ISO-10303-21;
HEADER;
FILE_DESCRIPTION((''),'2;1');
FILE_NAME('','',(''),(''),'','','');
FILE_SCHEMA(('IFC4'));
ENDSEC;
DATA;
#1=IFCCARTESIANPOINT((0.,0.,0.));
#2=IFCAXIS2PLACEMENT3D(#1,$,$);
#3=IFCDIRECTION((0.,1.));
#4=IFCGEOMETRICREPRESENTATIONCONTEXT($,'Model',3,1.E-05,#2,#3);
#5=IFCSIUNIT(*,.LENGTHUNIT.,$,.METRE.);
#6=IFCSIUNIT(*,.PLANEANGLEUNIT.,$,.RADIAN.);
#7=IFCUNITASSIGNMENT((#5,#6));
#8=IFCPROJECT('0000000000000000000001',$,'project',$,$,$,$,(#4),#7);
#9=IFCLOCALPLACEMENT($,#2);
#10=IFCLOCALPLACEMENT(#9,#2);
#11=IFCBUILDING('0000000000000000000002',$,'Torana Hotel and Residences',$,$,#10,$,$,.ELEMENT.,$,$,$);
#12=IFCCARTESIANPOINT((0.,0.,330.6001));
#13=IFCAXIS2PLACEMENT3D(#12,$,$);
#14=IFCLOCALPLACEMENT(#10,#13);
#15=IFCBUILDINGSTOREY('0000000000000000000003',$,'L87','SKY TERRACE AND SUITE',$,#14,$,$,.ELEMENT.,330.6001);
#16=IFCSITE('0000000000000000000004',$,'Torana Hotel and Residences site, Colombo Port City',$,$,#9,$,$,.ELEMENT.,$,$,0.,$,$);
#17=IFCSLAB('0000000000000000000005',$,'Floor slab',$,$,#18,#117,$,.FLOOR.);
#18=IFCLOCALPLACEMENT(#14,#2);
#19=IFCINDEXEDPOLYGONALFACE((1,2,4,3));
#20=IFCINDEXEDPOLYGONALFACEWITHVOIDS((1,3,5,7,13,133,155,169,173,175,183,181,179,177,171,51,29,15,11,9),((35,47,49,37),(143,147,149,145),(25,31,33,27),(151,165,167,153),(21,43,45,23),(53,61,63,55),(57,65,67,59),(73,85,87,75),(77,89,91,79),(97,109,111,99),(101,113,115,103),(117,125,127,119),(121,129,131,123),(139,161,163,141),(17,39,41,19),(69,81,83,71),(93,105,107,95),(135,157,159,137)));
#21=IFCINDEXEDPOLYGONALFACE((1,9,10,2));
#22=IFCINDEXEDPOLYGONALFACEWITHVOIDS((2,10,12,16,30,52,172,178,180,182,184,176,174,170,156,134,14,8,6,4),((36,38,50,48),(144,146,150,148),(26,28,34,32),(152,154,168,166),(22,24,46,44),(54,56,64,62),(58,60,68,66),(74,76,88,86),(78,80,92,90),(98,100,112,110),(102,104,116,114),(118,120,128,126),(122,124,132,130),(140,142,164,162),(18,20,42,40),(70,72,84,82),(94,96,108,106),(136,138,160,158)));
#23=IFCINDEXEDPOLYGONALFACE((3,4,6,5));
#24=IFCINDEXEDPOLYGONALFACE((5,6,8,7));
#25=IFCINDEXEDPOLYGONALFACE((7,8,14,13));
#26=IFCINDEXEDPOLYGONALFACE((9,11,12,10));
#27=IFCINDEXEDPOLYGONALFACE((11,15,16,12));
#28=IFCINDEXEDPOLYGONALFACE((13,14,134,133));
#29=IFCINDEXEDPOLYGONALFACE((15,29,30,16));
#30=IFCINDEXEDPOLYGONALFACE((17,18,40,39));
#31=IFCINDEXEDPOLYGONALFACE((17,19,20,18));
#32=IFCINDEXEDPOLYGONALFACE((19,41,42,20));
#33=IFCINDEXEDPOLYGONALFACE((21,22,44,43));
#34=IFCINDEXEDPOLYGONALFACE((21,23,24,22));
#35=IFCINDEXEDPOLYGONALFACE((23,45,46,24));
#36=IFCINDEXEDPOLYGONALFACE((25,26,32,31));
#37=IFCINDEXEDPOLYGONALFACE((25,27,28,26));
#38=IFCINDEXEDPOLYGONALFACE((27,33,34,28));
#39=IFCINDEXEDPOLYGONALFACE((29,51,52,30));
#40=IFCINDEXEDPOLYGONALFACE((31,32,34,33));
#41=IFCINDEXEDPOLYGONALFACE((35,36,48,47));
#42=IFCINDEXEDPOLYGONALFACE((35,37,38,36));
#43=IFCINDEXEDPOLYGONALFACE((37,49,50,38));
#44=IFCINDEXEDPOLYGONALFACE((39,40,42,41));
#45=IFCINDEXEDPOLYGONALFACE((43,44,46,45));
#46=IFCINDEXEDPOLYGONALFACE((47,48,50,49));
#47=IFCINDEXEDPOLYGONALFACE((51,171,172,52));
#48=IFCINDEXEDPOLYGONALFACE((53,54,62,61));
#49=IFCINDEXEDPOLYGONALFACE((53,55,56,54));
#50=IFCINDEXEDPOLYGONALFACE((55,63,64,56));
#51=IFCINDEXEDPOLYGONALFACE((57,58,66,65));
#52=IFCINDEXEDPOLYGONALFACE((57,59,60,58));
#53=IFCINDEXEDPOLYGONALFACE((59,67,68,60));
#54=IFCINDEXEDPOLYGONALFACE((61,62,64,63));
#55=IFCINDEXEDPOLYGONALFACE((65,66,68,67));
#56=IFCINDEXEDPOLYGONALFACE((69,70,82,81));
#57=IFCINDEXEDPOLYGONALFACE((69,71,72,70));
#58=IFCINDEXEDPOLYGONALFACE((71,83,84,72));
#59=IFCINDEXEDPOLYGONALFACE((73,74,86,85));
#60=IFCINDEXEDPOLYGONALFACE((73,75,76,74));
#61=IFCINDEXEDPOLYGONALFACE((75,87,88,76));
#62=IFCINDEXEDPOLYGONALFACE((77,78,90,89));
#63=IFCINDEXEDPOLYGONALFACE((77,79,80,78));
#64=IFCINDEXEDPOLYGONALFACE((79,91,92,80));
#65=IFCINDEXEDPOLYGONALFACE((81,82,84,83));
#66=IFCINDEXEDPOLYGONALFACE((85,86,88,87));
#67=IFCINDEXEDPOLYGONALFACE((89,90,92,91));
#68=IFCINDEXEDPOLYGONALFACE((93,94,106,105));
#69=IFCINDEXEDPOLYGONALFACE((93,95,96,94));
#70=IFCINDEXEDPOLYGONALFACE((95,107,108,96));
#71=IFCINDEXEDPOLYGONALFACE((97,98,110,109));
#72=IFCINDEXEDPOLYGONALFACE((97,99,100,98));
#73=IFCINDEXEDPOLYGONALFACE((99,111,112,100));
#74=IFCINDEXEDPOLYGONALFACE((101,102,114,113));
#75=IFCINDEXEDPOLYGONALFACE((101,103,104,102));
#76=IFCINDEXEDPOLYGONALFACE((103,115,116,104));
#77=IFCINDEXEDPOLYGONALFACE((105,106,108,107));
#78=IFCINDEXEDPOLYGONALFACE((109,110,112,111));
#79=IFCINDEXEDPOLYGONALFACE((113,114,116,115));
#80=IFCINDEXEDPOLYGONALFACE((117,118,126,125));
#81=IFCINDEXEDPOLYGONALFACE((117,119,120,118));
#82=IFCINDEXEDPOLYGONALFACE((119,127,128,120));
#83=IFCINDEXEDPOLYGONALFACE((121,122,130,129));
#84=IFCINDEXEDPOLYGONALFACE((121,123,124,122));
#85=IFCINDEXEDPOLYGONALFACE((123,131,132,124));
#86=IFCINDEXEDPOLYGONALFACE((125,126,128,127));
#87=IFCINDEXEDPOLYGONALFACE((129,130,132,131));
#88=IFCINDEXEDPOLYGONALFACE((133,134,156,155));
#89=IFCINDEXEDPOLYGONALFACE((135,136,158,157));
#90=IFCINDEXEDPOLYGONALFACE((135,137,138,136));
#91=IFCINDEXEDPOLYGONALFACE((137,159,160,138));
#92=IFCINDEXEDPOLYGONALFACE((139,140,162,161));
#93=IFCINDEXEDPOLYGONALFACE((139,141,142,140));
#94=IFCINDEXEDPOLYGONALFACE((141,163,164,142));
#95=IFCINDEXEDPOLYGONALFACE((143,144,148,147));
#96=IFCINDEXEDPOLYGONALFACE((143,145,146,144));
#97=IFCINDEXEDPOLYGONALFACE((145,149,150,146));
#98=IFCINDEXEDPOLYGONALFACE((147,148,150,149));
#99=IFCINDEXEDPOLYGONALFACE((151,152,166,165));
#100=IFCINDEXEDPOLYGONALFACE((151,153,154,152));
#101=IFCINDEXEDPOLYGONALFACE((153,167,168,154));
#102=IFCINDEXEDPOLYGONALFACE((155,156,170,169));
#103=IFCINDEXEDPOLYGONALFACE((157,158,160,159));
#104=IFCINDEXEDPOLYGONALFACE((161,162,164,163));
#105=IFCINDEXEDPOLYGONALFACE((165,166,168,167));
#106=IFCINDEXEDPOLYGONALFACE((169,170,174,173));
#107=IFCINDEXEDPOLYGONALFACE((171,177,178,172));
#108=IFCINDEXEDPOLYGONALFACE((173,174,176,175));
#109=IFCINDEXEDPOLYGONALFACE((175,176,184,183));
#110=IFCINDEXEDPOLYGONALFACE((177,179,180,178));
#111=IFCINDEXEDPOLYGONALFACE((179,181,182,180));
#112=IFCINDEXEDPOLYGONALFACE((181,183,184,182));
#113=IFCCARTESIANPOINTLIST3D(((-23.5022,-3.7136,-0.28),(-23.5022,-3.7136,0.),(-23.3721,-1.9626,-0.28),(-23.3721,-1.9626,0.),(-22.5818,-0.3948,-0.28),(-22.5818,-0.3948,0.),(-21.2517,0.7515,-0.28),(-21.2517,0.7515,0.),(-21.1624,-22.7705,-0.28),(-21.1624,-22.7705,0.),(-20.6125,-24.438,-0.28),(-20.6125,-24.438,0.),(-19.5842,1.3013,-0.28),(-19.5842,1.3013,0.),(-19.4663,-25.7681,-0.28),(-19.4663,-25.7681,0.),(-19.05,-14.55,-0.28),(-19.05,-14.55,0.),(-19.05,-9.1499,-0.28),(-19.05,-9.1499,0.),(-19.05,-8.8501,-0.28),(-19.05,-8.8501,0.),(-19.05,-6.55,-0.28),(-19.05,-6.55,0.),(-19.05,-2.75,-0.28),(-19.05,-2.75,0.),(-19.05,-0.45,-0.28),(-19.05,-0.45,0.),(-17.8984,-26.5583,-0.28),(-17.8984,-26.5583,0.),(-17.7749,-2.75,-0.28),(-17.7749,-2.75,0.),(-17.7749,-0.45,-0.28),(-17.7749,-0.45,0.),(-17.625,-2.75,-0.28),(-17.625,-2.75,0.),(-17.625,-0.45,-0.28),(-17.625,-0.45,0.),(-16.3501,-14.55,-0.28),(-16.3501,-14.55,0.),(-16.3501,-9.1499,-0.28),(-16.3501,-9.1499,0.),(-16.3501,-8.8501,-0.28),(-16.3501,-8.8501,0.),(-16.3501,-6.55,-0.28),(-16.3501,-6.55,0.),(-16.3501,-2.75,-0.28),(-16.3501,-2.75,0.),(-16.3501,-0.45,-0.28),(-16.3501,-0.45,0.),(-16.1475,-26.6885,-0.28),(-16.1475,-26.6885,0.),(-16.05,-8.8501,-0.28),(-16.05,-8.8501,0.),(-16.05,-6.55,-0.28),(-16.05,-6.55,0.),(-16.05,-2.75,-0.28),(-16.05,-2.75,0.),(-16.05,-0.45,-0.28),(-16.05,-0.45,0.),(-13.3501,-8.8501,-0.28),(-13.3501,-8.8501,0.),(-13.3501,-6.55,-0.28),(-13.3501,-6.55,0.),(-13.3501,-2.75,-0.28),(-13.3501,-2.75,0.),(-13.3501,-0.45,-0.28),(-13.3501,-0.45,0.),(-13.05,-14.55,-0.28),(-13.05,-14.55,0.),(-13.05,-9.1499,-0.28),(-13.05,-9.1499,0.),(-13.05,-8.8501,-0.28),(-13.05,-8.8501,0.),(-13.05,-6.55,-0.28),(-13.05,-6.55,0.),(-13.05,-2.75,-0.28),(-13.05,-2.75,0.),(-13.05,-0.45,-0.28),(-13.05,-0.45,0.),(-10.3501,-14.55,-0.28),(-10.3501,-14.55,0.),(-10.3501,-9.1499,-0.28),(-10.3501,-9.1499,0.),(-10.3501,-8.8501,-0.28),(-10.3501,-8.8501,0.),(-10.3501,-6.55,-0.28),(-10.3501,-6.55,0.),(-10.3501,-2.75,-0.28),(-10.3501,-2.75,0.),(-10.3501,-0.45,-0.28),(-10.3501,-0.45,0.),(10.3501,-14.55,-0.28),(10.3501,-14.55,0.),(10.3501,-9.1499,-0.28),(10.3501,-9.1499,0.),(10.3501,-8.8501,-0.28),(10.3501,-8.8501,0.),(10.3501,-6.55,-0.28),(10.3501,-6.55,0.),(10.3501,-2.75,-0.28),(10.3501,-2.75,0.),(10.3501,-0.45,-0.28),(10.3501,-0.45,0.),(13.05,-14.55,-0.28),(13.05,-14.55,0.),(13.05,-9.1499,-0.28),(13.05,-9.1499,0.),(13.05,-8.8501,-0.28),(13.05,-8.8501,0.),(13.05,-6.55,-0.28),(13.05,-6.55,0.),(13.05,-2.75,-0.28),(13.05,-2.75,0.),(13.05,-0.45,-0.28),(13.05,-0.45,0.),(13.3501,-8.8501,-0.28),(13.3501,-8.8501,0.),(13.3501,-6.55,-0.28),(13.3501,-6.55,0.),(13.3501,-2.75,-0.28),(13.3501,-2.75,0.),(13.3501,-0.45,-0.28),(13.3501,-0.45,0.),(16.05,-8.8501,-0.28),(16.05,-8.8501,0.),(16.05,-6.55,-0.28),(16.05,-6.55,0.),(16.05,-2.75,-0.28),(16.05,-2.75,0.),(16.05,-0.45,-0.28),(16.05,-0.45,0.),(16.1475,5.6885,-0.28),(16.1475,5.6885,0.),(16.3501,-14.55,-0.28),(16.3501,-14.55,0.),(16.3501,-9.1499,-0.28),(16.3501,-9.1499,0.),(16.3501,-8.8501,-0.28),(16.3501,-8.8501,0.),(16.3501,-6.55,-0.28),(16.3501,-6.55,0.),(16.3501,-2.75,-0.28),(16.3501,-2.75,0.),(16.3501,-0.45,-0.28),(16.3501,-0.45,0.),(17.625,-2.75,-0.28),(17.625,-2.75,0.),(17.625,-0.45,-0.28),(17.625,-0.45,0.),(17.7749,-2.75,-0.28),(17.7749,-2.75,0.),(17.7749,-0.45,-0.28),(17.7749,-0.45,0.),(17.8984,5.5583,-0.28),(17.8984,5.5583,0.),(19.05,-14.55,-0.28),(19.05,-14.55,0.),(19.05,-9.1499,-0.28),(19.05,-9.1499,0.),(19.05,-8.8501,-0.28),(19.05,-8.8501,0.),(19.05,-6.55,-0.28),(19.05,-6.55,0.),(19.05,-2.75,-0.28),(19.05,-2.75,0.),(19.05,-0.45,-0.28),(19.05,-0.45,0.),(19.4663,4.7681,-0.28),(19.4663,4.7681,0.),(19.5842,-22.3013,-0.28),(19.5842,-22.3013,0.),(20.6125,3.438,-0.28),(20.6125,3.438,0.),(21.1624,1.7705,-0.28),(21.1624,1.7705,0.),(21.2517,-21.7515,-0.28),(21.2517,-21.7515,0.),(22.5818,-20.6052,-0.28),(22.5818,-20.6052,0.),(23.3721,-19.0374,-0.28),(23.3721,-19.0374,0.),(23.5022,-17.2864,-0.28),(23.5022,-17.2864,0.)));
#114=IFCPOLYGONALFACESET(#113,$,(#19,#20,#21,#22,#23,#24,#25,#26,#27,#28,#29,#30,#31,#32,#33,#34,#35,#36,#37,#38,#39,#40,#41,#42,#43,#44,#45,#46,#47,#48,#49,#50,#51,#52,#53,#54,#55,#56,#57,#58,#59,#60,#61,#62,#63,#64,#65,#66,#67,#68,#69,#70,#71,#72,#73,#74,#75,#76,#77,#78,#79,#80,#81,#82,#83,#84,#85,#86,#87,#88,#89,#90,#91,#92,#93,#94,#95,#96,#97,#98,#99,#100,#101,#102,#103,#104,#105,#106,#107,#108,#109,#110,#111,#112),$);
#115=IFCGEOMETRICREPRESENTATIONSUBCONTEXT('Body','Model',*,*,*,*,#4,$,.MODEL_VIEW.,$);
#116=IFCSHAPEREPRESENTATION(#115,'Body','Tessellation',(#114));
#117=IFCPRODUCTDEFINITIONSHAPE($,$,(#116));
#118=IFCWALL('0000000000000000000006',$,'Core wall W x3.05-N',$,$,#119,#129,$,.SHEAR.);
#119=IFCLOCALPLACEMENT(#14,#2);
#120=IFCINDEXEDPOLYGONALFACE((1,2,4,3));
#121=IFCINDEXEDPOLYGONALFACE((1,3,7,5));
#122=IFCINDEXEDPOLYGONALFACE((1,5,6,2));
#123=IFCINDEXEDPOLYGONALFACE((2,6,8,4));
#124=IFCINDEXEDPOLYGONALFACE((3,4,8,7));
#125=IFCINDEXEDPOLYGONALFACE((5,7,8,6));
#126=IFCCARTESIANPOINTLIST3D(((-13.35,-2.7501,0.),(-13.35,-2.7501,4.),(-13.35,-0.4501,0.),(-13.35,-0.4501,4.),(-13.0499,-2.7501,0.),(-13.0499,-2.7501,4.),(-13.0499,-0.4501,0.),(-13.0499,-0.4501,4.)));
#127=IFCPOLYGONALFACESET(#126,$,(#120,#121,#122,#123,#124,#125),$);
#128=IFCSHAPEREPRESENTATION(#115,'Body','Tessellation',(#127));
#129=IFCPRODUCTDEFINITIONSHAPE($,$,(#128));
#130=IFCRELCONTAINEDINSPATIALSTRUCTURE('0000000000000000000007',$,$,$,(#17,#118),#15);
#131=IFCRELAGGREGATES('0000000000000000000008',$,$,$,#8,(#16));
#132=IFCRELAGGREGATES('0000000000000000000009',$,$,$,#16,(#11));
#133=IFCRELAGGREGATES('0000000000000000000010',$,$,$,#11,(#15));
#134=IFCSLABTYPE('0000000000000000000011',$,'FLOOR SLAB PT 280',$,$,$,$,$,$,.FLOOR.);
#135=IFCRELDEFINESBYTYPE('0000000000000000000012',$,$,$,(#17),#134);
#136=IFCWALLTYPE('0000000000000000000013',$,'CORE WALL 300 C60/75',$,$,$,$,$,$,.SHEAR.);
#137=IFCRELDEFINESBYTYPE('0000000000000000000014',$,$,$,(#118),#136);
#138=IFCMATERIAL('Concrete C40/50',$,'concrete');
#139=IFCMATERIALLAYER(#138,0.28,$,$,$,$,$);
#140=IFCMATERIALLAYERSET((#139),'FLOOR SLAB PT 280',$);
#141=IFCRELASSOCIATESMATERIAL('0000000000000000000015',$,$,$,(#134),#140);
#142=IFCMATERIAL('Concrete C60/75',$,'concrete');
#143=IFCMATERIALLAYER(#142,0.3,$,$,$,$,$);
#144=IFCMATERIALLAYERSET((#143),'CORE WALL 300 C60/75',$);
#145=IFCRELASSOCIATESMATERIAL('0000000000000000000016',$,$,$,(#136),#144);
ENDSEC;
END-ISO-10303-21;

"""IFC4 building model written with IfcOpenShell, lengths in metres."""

from ifc_helpers import new_model, si_unit, direction, frame, frame_2d, origin, place, context, subcontext, project, spatial, polyline, rectangle, outline, extrude, material, layer, layer_set, type_object, element, save


model = new_model("IFC4")

# Units and contexts
model_context = context("Model", 3, precision=1e-05, world=origin(), true_north=direction((0.0, 1.0)))
body_context = subcontext(model_context, "Body", "Model", "MODEL_VIEW")
ifc_project = project(units=[si_unit("LENGTHUNIT", "METRE"), si_unit("PLANEANGLEUNIT", "RADIAN")], contexts=[model_context])

# Site, building, storey
site_placement = place(None, origin())
site = spatial("IfcSite", under=ifc_project, at=site_placement, Name="Torana Hotel and Residences site, Colombo Port City", CompositionType="ELEMENT", RefElevation=0.0)
building_placement = place(site_placement, origin())
building = spatial("IfcBuilding", under=site, at=building_placement, Name="Torana Hotel and Residences", CompositionType="ELEMENT")
storey_placement = place(building_placement, frame((0.0, 0.0, 330.6001)))
storey = spatial("IfcBuildingStorey", under=building, at=storey_placement, Name="L87", Description="SKY TERRACE AND SUITE", CompositionType="ELEMENT", Elevation=330.6001)

# Slab
ifc_material_1 = material(Name="Concrete C40/50", Category="concrete")
ifc_layer_1 = layer(ifc_material_1, 0.28)
ifc_layer_set_1 = layer_set([ifc_layer_1], Name="FLOOR SLAB PT 280")
slab_type_1 = type_object("IfcSlabType", Name="FLOOR SLAB PT 280", PredefinedType="FLOOR", material=ifc_layer_set_1)
slab_1_placement = place(storey_placement, frame((0.0, 0.0, -0.28)))
element("IfcSlab", 1, at=slab_1_placement, inside=storey, type_object=slab_type_1, Name="Floor slab", PredefinedType="FLOOR", context=body_context, shape_type="SweptSolid", body=[
    extrude(outline(polyline([(21.1624, 1.7705), (20.6125, 3.438), (19.4663, 4.7681), (17.8984, 5.5583), (16.1475, 5.6885), (-19.5842, 1.3013), (-21.2517, 0.7515), (-22.5818, -0.3948), (-23.3721, -1.9626), (-23.5022, -3.7136), (-21.1624, -22.7705), (-20.6125, -24.438), (-19.4663, -25.7681), (-17.8984, -26.5583), (-16.1475, -26.6885), (19.5842, -22.3013), (21.2517, -21.7515), (22.5818, -20.6052), (23.3721, -19.0374), (23.5022, -17.2864), (21.1624, 1.7705)]), holes=[polyline([(-13.05, -14.55), (-10.3501, -14.55), (-10.3501, -9.1499), (-13.05, -9.1499), (-13.05, -14.55)]), polyline([(-19.05, -14.55), (-16.3501, -14.55), (-16.3501, -9.1499), (-19.05, -9.1499), (-19.05, -14.55)]), polyline([(-17.625, -2.75), (-16.3501, -2.75), (-16.3501, -0.45), (-17.625, -0.45), (-17.625, -2.75)]), polyline([(-19.05, -2.75), (-17.7749, -2.75), (-17.7749, -0.45), (-19.05, -0.45), (-19.05, -2.75)]), polyline([(-13.05, -2.75), (-10.3501, -2.75), (-10.3501, -0.45), (-13.05, -0.45), (-13.05, -2.75)]), polyline([(-16.05, -2.75), (-13.3501, -2.75), (-13.3501, -0.45), (-16.05, -0.45), (-16.05, -2.75)]), polyline([(-13.05, -8.8501), (-10.3501, -8.8501), (-10.3501, -6.55), (-13.05, -6.55), (-13.05, -8.8501)]), polyline([(-16.05, -8.8501), (-13.3501, -8.8501), (-13.3501, -6.55), (-16.05, -6.55), (-16.05, -8.8501)]), polyline([(-19.05, -8.8501), (-16.3501, -8.8501), (-16.3501, -6.55), (-19.05, -6.55), (-19.05, -8.8501)]), polyline([(10.3501, -14.55), (13.05, -14.55), (13.05, -9.1499), (10.3501, -9.1499), (10.3501, -14.55)]), polyline([(16.3501, -14.55), (19.05, -14.55), (19.05, -9.1499), (16.3501, -9.1499), (16.3501, -14.55)]), polyline([(16.3501, -2.75), (17.625, -2.75), (17.625, -0.45), (16.3501, -0.45), (16.3501, -2.75)]), polyline([(17.7749, -2.75), (19.05, -2.75), (19.05, -0.45), (17.7749, -0.45), (17.7749, -2.75)]), polyline([(10.3501, -2.75), (13.05, -2.75), (13.05, -0.45), (10.3501, -0.45), (10.3501, -2.75)]), polyline([(13.3501, -2.75), (16.05, -2.75), (16.05, -0.45), (13.3501, -0.45), (13.3501, -2.75)]), polyline([(10.3501, -8.8501), (13.05, -8.8501), (13.05, -6.55), (10.3501, -6.55), (10.3501, -8.8501)]), polyline([(13.3501, -8.8501), (16.05, -8.8501), (16.05, -6.55), (13.3501, -6.55), (13.3501, -8.8501)]), polyline([(16.3501, -8.8501), (19.05, -8.8501), (19.05, -6.55), (16.3501, -6.55), (16.3501, -8.8501)])]), origin(), (0.0, 0.0, 1.0), 0.28),
])

# Wall
ifc_material_2 = material(Name="Concrete C60/75", Category="concrete")
ifc_layer_2 = layer(ifc_material_2, 0.3)
ifc_layer_set_2 = layer_set([ifc_layer_2], Name="CORE WALL 300 C60/75")
wall_type_1 = type_object("IfcWallType", Name="CORE WALL 300 C60/75", PredefinedType="SHEAR", material=ifc_layer_set_2)
wall_1_placement = place(storey_placement, frame((-13.2, -2.75, 0.0), z_axis=(0.0, 0.0, 1.0), x_axis=(0.0, 1.0, 0.0)))
element("IfcWall", 2, at=wall_1_placement, inside=storey, type_object=wall_type_1, Name="Core wall W x3.05-N", PredefinedType="SHEAR", context=body_context, shape_type="SweptSolid", body=[
    extrude(rectangle(XDim=2.3, YDim=0.3, at=frame_2d((1.1499, 0.0))), origin(), (0.0, 0.0, 1.0), 4.0),
])

save(model, "model.ifc")
